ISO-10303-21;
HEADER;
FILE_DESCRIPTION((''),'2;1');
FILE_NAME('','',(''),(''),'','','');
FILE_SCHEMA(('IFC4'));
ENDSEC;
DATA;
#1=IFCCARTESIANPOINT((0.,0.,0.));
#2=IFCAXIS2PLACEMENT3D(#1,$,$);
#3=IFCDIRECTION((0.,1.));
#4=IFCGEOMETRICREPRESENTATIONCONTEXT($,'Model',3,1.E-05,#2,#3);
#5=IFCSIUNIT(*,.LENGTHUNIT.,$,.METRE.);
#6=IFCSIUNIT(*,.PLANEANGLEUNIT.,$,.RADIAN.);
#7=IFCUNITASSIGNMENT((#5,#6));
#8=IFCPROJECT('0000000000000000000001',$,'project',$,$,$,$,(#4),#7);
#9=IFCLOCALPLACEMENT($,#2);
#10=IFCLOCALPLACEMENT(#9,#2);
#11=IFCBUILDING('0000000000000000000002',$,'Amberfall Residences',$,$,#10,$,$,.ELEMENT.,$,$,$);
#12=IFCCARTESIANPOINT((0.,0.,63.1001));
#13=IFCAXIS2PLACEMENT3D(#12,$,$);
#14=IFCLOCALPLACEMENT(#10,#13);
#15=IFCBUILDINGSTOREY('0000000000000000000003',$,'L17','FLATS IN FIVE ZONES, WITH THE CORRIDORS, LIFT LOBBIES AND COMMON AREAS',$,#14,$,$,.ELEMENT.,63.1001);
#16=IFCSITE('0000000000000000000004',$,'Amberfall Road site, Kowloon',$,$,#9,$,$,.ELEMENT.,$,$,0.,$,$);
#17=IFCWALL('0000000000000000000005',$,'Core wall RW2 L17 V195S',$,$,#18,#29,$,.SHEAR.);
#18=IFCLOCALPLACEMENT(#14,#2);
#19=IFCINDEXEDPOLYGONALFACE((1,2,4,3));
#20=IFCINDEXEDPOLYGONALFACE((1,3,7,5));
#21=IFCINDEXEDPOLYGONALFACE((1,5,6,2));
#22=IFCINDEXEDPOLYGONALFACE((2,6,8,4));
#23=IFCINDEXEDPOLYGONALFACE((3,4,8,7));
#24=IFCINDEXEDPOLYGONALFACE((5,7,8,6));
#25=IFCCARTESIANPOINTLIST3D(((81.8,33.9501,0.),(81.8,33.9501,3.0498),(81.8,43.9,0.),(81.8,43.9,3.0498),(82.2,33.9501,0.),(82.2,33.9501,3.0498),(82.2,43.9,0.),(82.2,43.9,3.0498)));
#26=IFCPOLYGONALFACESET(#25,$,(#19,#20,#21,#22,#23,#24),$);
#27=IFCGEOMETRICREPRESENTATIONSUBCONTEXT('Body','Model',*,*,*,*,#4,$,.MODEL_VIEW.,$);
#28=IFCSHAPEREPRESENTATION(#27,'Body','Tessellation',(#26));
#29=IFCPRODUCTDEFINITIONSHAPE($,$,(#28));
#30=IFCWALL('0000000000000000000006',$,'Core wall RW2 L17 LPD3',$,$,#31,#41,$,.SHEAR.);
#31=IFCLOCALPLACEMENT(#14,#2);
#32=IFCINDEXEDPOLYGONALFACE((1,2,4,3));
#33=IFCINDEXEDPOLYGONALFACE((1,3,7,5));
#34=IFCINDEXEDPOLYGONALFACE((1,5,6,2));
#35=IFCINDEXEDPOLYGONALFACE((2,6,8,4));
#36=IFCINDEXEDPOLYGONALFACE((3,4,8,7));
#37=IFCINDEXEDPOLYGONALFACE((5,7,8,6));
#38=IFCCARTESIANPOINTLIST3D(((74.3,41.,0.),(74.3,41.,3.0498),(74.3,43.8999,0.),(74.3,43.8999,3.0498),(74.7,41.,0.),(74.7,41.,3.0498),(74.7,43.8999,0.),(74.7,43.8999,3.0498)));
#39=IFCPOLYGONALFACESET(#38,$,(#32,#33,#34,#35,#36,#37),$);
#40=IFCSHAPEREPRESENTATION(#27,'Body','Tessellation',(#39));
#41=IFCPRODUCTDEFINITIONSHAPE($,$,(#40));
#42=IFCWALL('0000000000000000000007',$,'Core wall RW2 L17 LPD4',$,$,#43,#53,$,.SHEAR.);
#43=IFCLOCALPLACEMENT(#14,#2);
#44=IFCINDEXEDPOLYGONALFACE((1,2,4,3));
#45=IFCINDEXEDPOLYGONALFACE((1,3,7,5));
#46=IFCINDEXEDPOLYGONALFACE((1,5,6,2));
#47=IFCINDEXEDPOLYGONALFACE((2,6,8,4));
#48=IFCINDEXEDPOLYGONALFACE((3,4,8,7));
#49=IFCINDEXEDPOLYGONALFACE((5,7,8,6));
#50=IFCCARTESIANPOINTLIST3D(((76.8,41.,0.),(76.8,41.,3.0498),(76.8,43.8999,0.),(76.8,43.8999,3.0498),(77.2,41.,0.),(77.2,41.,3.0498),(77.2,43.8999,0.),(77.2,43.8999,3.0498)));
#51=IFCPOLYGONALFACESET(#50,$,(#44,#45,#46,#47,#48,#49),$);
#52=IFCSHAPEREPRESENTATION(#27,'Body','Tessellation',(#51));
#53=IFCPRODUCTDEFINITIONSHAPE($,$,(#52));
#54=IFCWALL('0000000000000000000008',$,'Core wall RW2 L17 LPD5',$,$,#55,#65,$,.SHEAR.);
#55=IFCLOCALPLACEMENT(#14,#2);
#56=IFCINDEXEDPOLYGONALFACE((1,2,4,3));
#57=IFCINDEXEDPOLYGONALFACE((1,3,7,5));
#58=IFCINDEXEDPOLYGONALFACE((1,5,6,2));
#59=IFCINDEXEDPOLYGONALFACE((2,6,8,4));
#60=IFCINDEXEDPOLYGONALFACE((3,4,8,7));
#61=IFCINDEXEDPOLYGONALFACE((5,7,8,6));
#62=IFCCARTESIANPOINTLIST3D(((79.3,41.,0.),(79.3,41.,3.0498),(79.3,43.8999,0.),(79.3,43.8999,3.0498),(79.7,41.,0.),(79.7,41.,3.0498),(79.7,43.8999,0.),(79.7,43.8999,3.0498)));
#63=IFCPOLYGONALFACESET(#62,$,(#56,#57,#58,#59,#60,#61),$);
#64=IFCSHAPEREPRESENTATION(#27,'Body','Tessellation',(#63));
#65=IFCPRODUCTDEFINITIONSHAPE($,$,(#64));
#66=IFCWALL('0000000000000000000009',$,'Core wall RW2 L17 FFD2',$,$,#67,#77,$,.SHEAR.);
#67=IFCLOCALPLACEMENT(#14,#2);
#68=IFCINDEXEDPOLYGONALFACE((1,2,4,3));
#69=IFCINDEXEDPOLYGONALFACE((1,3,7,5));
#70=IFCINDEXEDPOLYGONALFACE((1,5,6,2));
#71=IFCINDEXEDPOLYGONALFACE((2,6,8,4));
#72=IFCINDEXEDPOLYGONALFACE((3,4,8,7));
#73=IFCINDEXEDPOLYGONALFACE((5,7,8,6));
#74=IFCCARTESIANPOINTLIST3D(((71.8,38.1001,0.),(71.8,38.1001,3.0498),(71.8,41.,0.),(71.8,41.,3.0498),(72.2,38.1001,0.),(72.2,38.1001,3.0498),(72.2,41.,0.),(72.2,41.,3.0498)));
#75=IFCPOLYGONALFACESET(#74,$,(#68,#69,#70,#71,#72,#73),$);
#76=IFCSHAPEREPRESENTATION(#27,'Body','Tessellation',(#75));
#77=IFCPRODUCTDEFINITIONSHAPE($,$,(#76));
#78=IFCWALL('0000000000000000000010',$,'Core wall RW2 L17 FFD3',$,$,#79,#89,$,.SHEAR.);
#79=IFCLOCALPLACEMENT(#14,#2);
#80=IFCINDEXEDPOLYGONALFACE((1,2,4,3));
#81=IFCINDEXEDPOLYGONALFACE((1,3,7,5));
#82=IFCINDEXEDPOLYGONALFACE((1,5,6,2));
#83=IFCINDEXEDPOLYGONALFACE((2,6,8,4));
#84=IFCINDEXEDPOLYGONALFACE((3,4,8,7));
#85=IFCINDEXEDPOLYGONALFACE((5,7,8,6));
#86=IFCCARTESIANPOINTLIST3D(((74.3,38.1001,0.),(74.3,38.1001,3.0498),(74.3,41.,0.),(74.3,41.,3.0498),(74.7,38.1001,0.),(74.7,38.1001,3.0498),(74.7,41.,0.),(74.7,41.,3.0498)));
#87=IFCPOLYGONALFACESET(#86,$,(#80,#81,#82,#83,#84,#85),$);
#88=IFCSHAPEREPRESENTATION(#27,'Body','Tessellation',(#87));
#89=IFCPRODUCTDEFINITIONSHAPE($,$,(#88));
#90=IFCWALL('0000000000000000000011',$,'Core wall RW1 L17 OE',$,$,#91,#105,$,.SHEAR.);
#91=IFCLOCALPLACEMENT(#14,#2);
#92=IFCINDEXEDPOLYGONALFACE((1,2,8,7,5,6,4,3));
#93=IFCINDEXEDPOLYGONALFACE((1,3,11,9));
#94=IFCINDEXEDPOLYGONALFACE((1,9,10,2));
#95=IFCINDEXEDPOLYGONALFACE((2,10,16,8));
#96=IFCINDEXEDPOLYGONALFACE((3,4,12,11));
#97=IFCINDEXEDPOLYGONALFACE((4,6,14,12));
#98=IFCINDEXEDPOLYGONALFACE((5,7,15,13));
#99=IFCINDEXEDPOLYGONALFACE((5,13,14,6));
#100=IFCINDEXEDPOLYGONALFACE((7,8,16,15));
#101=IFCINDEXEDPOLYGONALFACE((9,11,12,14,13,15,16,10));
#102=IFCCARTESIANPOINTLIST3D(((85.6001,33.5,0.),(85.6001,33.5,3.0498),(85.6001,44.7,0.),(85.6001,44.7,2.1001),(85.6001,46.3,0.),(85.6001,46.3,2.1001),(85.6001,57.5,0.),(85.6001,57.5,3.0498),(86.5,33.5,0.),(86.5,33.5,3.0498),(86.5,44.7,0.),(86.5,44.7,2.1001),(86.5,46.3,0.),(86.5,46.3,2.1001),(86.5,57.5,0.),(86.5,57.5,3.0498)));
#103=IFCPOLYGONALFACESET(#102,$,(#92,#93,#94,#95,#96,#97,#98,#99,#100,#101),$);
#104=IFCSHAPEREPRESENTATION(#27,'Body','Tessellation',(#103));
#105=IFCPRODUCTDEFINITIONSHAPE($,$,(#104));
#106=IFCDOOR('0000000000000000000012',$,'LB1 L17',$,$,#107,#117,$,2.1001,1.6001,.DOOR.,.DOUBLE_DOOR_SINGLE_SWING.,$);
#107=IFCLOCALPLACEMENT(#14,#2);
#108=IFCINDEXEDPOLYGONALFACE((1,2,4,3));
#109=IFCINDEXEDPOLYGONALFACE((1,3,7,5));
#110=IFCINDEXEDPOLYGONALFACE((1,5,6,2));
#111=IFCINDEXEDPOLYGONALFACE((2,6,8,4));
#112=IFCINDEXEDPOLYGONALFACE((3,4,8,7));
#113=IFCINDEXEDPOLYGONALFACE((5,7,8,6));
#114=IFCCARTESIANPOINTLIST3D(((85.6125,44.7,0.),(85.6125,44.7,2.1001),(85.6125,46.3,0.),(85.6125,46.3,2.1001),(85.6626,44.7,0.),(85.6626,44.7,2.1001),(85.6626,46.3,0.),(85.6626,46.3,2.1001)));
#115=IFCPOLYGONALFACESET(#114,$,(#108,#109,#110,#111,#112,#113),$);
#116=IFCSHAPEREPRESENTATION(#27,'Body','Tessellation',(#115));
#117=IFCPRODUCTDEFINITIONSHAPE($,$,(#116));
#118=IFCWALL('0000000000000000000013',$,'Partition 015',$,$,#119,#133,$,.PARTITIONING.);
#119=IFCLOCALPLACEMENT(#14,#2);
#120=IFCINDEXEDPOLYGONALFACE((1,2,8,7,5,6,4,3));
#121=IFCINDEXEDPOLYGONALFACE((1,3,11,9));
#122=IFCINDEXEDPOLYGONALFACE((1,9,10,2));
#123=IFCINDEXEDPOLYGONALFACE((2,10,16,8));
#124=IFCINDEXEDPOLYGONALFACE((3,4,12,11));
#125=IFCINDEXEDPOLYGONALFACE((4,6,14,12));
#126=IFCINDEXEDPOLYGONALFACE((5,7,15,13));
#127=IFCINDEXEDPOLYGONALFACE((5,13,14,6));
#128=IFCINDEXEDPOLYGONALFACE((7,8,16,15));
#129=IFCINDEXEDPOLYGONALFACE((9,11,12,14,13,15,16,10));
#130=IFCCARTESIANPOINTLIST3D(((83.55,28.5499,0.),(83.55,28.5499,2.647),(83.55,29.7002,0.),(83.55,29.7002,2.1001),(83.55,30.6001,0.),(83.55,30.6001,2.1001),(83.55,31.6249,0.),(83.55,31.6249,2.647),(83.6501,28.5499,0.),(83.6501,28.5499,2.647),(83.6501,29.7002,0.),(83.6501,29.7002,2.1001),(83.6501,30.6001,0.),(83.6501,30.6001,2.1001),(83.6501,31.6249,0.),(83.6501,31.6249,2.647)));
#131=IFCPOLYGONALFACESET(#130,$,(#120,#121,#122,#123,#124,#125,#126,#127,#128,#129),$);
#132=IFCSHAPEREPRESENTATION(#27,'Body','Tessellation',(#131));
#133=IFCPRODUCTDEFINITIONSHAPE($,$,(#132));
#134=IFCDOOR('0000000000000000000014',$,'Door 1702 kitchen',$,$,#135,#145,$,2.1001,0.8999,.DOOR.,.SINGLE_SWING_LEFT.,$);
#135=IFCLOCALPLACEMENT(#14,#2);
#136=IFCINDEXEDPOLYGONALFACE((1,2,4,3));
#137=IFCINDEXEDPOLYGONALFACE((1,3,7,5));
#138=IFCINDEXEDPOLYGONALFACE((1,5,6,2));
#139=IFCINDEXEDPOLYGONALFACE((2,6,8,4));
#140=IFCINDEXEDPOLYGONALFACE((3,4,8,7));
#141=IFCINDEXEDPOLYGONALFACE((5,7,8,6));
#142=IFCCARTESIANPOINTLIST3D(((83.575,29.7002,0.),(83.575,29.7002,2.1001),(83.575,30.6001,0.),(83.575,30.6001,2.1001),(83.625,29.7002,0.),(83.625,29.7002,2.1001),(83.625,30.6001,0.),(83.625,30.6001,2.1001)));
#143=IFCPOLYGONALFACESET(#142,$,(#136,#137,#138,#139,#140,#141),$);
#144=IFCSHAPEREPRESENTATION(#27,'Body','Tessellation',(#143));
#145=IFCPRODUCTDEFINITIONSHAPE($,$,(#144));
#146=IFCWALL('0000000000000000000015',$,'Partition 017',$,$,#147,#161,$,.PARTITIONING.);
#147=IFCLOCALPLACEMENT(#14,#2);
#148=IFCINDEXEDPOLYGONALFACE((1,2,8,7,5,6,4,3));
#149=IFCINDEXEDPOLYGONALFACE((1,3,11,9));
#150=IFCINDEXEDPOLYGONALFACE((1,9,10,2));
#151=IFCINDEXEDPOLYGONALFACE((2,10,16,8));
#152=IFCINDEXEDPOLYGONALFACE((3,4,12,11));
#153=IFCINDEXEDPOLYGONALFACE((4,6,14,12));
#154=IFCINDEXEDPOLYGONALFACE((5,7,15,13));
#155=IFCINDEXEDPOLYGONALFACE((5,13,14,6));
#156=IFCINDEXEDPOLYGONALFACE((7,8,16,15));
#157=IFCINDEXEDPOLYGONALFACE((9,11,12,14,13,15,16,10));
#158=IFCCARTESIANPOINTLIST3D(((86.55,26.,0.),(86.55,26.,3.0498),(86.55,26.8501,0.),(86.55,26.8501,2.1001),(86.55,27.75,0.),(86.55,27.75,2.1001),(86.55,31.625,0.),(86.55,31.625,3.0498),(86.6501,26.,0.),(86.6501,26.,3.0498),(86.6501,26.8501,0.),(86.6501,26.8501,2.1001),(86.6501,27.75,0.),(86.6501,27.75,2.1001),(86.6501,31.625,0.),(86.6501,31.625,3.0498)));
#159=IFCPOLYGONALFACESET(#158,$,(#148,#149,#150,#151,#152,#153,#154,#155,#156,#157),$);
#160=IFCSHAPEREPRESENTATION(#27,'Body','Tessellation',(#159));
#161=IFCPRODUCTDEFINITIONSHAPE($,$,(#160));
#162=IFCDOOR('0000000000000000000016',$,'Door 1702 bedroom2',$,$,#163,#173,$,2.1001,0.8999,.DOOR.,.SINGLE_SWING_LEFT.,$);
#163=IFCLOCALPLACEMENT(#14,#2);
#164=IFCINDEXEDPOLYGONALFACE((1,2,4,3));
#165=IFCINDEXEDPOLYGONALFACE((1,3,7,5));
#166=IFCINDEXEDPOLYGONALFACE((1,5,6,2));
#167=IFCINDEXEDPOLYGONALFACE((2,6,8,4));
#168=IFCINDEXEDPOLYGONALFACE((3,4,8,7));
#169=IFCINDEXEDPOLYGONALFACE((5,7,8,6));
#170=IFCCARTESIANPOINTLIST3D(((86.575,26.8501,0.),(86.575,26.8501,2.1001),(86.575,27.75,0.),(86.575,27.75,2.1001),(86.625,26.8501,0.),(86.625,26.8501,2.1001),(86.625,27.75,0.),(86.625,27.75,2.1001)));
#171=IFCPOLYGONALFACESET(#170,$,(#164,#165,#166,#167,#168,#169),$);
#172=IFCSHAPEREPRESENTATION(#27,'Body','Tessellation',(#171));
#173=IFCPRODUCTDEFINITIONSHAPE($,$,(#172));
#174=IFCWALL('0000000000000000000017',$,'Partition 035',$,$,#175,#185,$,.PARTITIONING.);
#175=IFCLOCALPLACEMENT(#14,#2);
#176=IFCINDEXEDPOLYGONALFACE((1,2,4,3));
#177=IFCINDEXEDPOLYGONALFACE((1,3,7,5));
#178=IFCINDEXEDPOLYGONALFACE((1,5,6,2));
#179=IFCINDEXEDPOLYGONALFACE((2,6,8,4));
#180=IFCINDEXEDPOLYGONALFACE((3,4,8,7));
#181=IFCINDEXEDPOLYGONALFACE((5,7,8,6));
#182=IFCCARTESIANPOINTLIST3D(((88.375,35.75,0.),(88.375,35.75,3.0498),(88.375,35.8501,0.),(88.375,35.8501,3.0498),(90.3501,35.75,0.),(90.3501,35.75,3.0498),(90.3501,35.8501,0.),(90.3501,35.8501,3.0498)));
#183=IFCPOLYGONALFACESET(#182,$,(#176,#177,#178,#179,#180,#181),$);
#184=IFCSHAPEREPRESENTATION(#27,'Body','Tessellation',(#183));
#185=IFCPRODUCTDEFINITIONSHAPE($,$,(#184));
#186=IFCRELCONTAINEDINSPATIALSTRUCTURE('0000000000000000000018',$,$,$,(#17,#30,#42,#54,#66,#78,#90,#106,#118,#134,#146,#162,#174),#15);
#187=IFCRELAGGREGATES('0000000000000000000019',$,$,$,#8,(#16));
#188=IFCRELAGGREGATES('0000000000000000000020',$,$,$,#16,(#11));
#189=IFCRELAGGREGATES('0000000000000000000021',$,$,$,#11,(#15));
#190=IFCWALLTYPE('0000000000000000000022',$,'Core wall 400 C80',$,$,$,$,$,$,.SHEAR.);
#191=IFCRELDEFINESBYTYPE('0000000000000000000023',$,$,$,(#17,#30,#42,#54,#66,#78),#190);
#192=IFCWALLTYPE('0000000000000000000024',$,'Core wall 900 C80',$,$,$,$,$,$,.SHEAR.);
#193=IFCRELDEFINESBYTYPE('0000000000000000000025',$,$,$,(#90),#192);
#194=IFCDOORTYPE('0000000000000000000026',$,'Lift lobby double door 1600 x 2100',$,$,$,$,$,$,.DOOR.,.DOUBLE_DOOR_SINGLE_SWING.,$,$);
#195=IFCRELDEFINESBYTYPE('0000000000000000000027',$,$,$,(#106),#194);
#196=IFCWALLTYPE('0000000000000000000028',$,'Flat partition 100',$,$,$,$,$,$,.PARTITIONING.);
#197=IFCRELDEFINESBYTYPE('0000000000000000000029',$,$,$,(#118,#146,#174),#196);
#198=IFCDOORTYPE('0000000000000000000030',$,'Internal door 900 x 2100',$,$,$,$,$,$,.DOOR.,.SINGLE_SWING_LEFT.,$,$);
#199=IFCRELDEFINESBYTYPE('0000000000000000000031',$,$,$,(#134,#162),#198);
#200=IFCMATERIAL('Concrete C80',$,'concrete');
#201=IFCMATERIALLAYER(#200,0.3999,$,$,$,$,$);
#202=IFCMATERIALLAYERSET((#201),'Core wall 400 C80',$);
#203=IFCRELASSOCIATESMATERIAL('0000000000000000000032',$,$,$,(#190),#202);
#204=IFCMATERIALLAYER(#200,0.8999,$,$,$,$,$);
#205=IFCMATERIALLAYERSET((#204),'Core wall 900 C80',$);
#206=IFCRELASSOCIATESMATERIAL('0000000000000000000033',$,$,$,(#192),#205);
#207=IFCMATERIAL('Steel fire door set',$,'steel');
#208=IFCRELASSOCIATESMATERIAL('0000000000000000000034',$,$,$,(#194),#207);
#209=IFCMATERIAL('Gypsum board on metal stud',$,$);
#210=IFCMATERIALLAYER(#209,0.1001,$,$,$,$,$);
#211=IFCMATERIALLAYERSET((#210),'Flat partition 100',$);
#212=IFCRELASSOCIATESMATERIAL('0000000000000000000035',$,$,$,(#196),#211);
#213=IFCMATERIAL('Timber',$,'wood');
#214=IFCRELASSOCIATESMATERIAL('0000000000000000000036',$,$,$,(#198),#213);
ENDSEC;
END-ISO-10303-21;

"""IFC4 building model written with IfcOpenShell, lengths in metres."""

from ifc_helpers import new_model, si_unit, direction, frame, frame_2d, origin, place, context, subcontext, project, spatial, rectangle, extrude, material, layer, layer_set, type_object, element, fill, save


model = new_model("IFC4")

# Units and contexts
model_context = context("Model", 3, precision=1e-05, world=origin(), true_north=direction((0.0, 1.0)))
body_context = subcontext(model_context, "Body", "Model", "MODEL_VIEW")
ifc_project = project(units=[si_unit("LENGTHUNIT", "METRE"), si_unit("PLANEANGLEUNIT", "RADIAN")], contexts=[model_context])

# Site, building, storey
site_placement = place(None, origin())
site = spatial("IfcSite", under=ifc_project, at=site_placement, Name="Amberfall Road site, Kowloon", CompositionType="ELEMENT", RefElevation=0.0)
building_placement = place(site_placement, origin())
building = spatial("IfcBuilding", under=site, at=building_placement, Name="Amberfall Residences", CompositionType="ELEMENT")
storey_placement = place(building_placement, frame((0.0, 0.0, 63.1001)))
storey = spatial("IfcBuildingStorey", under=building, at=storey_placement, Name="L17", Description="FLATS IN FIVE ZONES, WITH THE CORRIDORS, LIFT LOBBIES AND COMMON AREAS", CompositionType="ELEMENT", Elevation=63.1001)

# Walls
ifc_material_1 = material(Name="Concrete C80", Category="concrete")
ifc_layer_1 = layer(ifc_material_1, 0.3999)
ifc_layer_set_1 = layer_set([ifc_layer_1], Name="Core wall 400 C80")
wall_type_1 = type_object("IfcWallType", Name="Core wall 400 C80", PredefinedType="SHEAR", material=ifc_layer_set_1)
wall_1_placement = place(storey_placement, frame((82.0, 33.95, 0.0), z_axis=(0.0, 0.0, 1.0), x_axis=(0.0, 1.0, 0.0)))
element("IfcWall", 1, at=wall_1_placement, inside=storey, type_object=wall_type_1, Name="Core wall RW2 L17 V195S", PredefinedType="SHEAR", context=body_context, shape_type="SweptSolid", body=[
    extrude(rectangle(XDim=9.95, YDim=0.3999, at=frame_2d((4.9751, 0.0))), origin(), (0.0, 0.0, 1.0), 3.0498),
])
for number, where, z_axis, x_axis, name in (
    (2, (74.5, 41.0, 0.0), (0.0, 0.0, 1.0), (0.0, 1.0, 0.0), "Core wall RW2 L17 LPD3"),
    (3, (77.0, 41.0, 0.0), (0.0, 0.0, 1.0), (0.0, 1.0, 0.0), "Core wall RW2 L17 LPD4"),
    (4, (79.5, 41.0, 0.0), (0.0, 0.0, 1.0), (0.0, 1.0, 0.0), "Core wall RW2 L17 LPD5"),
    (5, (72.0, 38.1001, 0.0), (0.0, 0.0, 1.0), (0.0, 1.0, 0.0), "Core wall RW2 L17 FFD2"),
    (6, (74.5, 38.1001, 0.0), (0.0, 0.0, 1.0), (0.0, 1.0, 0.0), "Core wall RW2 L17 FFD3"),
):
    element("IfcWall", number, at=place(storey_placement, frame(where, z_axis=z_axis, x_axis=x_axis)), inside=storey, type_object=wall_type_1, Name=name, PredefinedType="SHEAR", context=body_context, shape_type="SweptSolid", body=[
        extrude(rectangle(XDim=2.8999, YDim=0.3999, at=frame_2d((1.45, 0.0))), origin(), (0.0, 0.0, 1.0), 3.0498),
    ])

# Walls, openings, doors
ifc_layer_2 = layer(ifc_material_1, 0.8999)
ifc_layer_set_2 = layer_set([ifc_layer_2], Name="Core wall 900 C80")
wall_type_2 = type_object("IfcWallType", Name="Core wall 900 C80", PredefinedType="SHEAR", material=ifc_layer_set_2)
wall_2_placement = place(storey_placement, frame((86.05, 33.5, 0.0), z_axis=(0.0, 0.0, 1.0), x_axis=(0.0, 1.0, 0.0)))
wall_2 = element("IfcWall", 7, at=wall_2_placement, inside=storey, type_object=wall_type_2, Name="Core wall RW1 L17 OE", PredefinedType="SHEAR", context=body_context, shape_type="SweptSolid", body=[
    extrude(rectangle(XDim=24.0, YDim=0.8999, at=frame_2d((12.0, 0.0))), origin(), (0.0, 0.0, 1.0), 3.0498),
])
opening_1_placement = place(wall_2_placement, frame((11.2, 0.0, 0.0)))
opening_1 = element("IfcOpeningElement", 8, at=opening_1_placement, cuts=wall_2, PredefinedType="OPENING", context=body_context, shape_type="SweptSolid", body=[
    extrude(rectangle(XDim=1.6001, YDim=2.1001, at=frame_2d((0.8, 1.05))), frame((0.0, 0.46, 0.0), z_axis=(0.0, -1.0, 0.0), x_axis=(1.0, 0.0, 0.0)), (0.0, 0.0, 1.0), 0.9199),
])
ifc_material_2 = material(Name="Steel fire door set", Category="steel")
door_type_1 = type_object("IfcDoorType", Name="Lift lobby double door 1600 x 2100", OperationType="DOUBLE_DOOR_SINGLE_SWING", PredefinedType="DOOR", material=ifc_material_2)
door_1_placement = place(opening_1_placement, origin())
door_1 = element("IfcDoor", 9, at=door_1_placement, inside=storey, type_object=door_type_1, Name="LB1 L17", OperationType="DOUBLE_DOOR_SINGLE_SWING", OverallHeight=2.1001, OverallWidth=1.6001, PredefinedType="DOOR", context=body_context, shape_type="SweptSolid", body=[
    extrude(rectangle(XDim=1.6001, YDim=2.1001, at=frame_2d((0.8, 1.05))), frame((0.0, 0.4375, 0.0), z_axis=(0.0, -1.0, 0.0), x_axis=(1.0, 0.0, 0.0)), (0.0, 0.0, 1.0), 0.05),
])
fill(opening_1, door_1)
ifc_material_3 = material(Name="Gypsum board on metal stud")
ifc_layer_3 = layer(ifc_material_3, 0.1001)
ifc_layer_set_3 = layer_set([ifc_layer_3], Name="Flat partition 100")
wall_type_3 = type_object("IfcWallType", Name="Flat partition 100", PredefinedType="PARTITIONING", material=ifc_layer_set_3)
wall_3_placement = place(storey_placement, frame((83.6001, 31.625, 0.0), z_axis=(0.0, 0.0, 1.0), x_axis=(0.0, -1.0, 0.0)))
wall_3 = element("IfcWall", 10, at=wall_3_placement, inside=storey, type_object=wall_type_3, Name="Partition 015", PredefinedType="PARTITIONING", context=body_context, shape_type="SweptSolid", body=[
    extrude(rectangle(XDim=3.075, YDim=0.1001, at=frame_2d((1.5376, 0.0))), origin(), (0.0, 0.0, 1.0), 2.647),
])
opening_2_placement = place(wall_3_placement, frame((1.0249, 0.0, 0.0)))
opening_2 = element("IfcOpeningElement", 11, at=opening_2_placement, cuts=wall_3, PredefinedType="OPENING", context=body_context, shape_type="SweptSolid", body=[
    extrude(rectangle(XDim=0.8999, YDim=2.1001, at=frame_2d((0.45, 1.05))), frame((0.0, 0.0601, 0.0), z_axis=(0.0, -1.0, 0.0), x_axis=(1.0, 0.0, 0.0)), (0.0, 0.0, 1.0), 0.1201),
])
ifc_material_4 = material(Name="Timber", Category="wood")
door_type_2 = type_object("IfcDoorType", Name="Internal door 900 x 2100", OperationType="SINGLE_SWING_LEFT", PredefinedType="DOOR", material=ifc_material_4)
door_2_placement = place(opening_2_placement, origin())
door_2 = element("IfcDoor", 12, at=door_2_placement, inside=storey, type_object=door_type_2, Name="Door 1702 kitchen", OperationType="SINGLE_SWING_LEFT", OverallHeight=2.1001, OverallWidth=0.8999, PredefinedType="DOOR", context=body_context, shape_type="SweptSolid", body=[
    extrude(rectangle(XDim=0.8999, YDim=2.1001, at=frame_2d((0.45, 1.05))), frame((0.0, 0.0249, 0.0), z_axis=(0.0, -1.0, 0.0), x_axis=(1.0, 0.0, 0.0)), (0.0, 0.0, 1.0), 0.05),
])
fill(opening_2, door_2)
wall_4_placement = place(storey_placement, frame((86.6001, 31.625, 0.0), z_axis=(0.0, 0.0, 1.0), x_axis=(0.0, -1.0, 0.0)))
wall_4 = element("IfcWall", 13, at=wall_4_placement, inside=storey, type_object=wall_type_3, Name="Partition 017", PredefinedType="PARTITIONING", context=body_context, shape_type="SweptSolid", body=[
    extrude(rectangle(XDim=5.625, YDim=0.1001, at=frame_2d((2.8125, 0.0))), origin(), (0.0, 0.0, 1.0), 3.0498),
])
opening_3_placement = place(wall_4_placement, frame((3.875, 0.0, 0.0)))
opening_3 = element("IfcOpeningElement", 14, at=opening_3_placement, cuts=wall_4, PredefinedType="OPENING", context=body_context, shape_type="SweptSolid", body=[
    extrude(rectangle(XDim=0.8999, YDim=2.1001, at=frame_2d((0.45, 1.05))), frame((0.0, 0.0601, 0.0), z_axis=(0.0, -1.0, 0.0), x_axis=(1.0, 0.0, 0.0)), (0.0, 0.0, 1.0), 0.1201),
])
door_3_placement = place(opening_3_placement, origin())
door_3 = element("IfcDoor", 15, at=door_3_placement, inside=storey, type_object=door_type_2, Name="Door 1702 bedroom2", OperationType="SINGLE_SWING_LEFT", OverallHeight=2.1001, OverallWidth=0.8999, PredefinedType="DOOR", context=body_context, shape_type="SweptSolid", body=[
    extrude(rectangle(XDim=0.8999, YDim=2.1001, at=frame_2d((0.45, 1.05))), frame((0.0, 0.0249, 0.0), z_axis=(0.0, -1.0, 0.0), x_axis=(1.0, 0.0, 0.0)), (0.0, 0.0, 1.0), 0.05),
])
fill(opening_3, door_3)

# Wall
wall_5_placement = place(storey_placement, frame((88.375, 35.8, 0.0), z_axis=(0.0, 0.0, 1.0), x_axis=(1.0, 0.0, 0.0)))
element("IfcWall", 16, at=wall_5_placement, inside=storey, type_object=wall_type_3, Name="Partition 035", PredefinedType="PARTITIONING", context=body_context, shape_type="SweptSolid", body=[
    extrude(rectangle(XDim=1.9751, YDim=0.1001, at=frame_2d((0.9875, 0.0))), origin(), (0.0, 0.0, 1.0), 3.0498),
])

save(model, "model.ifc")
